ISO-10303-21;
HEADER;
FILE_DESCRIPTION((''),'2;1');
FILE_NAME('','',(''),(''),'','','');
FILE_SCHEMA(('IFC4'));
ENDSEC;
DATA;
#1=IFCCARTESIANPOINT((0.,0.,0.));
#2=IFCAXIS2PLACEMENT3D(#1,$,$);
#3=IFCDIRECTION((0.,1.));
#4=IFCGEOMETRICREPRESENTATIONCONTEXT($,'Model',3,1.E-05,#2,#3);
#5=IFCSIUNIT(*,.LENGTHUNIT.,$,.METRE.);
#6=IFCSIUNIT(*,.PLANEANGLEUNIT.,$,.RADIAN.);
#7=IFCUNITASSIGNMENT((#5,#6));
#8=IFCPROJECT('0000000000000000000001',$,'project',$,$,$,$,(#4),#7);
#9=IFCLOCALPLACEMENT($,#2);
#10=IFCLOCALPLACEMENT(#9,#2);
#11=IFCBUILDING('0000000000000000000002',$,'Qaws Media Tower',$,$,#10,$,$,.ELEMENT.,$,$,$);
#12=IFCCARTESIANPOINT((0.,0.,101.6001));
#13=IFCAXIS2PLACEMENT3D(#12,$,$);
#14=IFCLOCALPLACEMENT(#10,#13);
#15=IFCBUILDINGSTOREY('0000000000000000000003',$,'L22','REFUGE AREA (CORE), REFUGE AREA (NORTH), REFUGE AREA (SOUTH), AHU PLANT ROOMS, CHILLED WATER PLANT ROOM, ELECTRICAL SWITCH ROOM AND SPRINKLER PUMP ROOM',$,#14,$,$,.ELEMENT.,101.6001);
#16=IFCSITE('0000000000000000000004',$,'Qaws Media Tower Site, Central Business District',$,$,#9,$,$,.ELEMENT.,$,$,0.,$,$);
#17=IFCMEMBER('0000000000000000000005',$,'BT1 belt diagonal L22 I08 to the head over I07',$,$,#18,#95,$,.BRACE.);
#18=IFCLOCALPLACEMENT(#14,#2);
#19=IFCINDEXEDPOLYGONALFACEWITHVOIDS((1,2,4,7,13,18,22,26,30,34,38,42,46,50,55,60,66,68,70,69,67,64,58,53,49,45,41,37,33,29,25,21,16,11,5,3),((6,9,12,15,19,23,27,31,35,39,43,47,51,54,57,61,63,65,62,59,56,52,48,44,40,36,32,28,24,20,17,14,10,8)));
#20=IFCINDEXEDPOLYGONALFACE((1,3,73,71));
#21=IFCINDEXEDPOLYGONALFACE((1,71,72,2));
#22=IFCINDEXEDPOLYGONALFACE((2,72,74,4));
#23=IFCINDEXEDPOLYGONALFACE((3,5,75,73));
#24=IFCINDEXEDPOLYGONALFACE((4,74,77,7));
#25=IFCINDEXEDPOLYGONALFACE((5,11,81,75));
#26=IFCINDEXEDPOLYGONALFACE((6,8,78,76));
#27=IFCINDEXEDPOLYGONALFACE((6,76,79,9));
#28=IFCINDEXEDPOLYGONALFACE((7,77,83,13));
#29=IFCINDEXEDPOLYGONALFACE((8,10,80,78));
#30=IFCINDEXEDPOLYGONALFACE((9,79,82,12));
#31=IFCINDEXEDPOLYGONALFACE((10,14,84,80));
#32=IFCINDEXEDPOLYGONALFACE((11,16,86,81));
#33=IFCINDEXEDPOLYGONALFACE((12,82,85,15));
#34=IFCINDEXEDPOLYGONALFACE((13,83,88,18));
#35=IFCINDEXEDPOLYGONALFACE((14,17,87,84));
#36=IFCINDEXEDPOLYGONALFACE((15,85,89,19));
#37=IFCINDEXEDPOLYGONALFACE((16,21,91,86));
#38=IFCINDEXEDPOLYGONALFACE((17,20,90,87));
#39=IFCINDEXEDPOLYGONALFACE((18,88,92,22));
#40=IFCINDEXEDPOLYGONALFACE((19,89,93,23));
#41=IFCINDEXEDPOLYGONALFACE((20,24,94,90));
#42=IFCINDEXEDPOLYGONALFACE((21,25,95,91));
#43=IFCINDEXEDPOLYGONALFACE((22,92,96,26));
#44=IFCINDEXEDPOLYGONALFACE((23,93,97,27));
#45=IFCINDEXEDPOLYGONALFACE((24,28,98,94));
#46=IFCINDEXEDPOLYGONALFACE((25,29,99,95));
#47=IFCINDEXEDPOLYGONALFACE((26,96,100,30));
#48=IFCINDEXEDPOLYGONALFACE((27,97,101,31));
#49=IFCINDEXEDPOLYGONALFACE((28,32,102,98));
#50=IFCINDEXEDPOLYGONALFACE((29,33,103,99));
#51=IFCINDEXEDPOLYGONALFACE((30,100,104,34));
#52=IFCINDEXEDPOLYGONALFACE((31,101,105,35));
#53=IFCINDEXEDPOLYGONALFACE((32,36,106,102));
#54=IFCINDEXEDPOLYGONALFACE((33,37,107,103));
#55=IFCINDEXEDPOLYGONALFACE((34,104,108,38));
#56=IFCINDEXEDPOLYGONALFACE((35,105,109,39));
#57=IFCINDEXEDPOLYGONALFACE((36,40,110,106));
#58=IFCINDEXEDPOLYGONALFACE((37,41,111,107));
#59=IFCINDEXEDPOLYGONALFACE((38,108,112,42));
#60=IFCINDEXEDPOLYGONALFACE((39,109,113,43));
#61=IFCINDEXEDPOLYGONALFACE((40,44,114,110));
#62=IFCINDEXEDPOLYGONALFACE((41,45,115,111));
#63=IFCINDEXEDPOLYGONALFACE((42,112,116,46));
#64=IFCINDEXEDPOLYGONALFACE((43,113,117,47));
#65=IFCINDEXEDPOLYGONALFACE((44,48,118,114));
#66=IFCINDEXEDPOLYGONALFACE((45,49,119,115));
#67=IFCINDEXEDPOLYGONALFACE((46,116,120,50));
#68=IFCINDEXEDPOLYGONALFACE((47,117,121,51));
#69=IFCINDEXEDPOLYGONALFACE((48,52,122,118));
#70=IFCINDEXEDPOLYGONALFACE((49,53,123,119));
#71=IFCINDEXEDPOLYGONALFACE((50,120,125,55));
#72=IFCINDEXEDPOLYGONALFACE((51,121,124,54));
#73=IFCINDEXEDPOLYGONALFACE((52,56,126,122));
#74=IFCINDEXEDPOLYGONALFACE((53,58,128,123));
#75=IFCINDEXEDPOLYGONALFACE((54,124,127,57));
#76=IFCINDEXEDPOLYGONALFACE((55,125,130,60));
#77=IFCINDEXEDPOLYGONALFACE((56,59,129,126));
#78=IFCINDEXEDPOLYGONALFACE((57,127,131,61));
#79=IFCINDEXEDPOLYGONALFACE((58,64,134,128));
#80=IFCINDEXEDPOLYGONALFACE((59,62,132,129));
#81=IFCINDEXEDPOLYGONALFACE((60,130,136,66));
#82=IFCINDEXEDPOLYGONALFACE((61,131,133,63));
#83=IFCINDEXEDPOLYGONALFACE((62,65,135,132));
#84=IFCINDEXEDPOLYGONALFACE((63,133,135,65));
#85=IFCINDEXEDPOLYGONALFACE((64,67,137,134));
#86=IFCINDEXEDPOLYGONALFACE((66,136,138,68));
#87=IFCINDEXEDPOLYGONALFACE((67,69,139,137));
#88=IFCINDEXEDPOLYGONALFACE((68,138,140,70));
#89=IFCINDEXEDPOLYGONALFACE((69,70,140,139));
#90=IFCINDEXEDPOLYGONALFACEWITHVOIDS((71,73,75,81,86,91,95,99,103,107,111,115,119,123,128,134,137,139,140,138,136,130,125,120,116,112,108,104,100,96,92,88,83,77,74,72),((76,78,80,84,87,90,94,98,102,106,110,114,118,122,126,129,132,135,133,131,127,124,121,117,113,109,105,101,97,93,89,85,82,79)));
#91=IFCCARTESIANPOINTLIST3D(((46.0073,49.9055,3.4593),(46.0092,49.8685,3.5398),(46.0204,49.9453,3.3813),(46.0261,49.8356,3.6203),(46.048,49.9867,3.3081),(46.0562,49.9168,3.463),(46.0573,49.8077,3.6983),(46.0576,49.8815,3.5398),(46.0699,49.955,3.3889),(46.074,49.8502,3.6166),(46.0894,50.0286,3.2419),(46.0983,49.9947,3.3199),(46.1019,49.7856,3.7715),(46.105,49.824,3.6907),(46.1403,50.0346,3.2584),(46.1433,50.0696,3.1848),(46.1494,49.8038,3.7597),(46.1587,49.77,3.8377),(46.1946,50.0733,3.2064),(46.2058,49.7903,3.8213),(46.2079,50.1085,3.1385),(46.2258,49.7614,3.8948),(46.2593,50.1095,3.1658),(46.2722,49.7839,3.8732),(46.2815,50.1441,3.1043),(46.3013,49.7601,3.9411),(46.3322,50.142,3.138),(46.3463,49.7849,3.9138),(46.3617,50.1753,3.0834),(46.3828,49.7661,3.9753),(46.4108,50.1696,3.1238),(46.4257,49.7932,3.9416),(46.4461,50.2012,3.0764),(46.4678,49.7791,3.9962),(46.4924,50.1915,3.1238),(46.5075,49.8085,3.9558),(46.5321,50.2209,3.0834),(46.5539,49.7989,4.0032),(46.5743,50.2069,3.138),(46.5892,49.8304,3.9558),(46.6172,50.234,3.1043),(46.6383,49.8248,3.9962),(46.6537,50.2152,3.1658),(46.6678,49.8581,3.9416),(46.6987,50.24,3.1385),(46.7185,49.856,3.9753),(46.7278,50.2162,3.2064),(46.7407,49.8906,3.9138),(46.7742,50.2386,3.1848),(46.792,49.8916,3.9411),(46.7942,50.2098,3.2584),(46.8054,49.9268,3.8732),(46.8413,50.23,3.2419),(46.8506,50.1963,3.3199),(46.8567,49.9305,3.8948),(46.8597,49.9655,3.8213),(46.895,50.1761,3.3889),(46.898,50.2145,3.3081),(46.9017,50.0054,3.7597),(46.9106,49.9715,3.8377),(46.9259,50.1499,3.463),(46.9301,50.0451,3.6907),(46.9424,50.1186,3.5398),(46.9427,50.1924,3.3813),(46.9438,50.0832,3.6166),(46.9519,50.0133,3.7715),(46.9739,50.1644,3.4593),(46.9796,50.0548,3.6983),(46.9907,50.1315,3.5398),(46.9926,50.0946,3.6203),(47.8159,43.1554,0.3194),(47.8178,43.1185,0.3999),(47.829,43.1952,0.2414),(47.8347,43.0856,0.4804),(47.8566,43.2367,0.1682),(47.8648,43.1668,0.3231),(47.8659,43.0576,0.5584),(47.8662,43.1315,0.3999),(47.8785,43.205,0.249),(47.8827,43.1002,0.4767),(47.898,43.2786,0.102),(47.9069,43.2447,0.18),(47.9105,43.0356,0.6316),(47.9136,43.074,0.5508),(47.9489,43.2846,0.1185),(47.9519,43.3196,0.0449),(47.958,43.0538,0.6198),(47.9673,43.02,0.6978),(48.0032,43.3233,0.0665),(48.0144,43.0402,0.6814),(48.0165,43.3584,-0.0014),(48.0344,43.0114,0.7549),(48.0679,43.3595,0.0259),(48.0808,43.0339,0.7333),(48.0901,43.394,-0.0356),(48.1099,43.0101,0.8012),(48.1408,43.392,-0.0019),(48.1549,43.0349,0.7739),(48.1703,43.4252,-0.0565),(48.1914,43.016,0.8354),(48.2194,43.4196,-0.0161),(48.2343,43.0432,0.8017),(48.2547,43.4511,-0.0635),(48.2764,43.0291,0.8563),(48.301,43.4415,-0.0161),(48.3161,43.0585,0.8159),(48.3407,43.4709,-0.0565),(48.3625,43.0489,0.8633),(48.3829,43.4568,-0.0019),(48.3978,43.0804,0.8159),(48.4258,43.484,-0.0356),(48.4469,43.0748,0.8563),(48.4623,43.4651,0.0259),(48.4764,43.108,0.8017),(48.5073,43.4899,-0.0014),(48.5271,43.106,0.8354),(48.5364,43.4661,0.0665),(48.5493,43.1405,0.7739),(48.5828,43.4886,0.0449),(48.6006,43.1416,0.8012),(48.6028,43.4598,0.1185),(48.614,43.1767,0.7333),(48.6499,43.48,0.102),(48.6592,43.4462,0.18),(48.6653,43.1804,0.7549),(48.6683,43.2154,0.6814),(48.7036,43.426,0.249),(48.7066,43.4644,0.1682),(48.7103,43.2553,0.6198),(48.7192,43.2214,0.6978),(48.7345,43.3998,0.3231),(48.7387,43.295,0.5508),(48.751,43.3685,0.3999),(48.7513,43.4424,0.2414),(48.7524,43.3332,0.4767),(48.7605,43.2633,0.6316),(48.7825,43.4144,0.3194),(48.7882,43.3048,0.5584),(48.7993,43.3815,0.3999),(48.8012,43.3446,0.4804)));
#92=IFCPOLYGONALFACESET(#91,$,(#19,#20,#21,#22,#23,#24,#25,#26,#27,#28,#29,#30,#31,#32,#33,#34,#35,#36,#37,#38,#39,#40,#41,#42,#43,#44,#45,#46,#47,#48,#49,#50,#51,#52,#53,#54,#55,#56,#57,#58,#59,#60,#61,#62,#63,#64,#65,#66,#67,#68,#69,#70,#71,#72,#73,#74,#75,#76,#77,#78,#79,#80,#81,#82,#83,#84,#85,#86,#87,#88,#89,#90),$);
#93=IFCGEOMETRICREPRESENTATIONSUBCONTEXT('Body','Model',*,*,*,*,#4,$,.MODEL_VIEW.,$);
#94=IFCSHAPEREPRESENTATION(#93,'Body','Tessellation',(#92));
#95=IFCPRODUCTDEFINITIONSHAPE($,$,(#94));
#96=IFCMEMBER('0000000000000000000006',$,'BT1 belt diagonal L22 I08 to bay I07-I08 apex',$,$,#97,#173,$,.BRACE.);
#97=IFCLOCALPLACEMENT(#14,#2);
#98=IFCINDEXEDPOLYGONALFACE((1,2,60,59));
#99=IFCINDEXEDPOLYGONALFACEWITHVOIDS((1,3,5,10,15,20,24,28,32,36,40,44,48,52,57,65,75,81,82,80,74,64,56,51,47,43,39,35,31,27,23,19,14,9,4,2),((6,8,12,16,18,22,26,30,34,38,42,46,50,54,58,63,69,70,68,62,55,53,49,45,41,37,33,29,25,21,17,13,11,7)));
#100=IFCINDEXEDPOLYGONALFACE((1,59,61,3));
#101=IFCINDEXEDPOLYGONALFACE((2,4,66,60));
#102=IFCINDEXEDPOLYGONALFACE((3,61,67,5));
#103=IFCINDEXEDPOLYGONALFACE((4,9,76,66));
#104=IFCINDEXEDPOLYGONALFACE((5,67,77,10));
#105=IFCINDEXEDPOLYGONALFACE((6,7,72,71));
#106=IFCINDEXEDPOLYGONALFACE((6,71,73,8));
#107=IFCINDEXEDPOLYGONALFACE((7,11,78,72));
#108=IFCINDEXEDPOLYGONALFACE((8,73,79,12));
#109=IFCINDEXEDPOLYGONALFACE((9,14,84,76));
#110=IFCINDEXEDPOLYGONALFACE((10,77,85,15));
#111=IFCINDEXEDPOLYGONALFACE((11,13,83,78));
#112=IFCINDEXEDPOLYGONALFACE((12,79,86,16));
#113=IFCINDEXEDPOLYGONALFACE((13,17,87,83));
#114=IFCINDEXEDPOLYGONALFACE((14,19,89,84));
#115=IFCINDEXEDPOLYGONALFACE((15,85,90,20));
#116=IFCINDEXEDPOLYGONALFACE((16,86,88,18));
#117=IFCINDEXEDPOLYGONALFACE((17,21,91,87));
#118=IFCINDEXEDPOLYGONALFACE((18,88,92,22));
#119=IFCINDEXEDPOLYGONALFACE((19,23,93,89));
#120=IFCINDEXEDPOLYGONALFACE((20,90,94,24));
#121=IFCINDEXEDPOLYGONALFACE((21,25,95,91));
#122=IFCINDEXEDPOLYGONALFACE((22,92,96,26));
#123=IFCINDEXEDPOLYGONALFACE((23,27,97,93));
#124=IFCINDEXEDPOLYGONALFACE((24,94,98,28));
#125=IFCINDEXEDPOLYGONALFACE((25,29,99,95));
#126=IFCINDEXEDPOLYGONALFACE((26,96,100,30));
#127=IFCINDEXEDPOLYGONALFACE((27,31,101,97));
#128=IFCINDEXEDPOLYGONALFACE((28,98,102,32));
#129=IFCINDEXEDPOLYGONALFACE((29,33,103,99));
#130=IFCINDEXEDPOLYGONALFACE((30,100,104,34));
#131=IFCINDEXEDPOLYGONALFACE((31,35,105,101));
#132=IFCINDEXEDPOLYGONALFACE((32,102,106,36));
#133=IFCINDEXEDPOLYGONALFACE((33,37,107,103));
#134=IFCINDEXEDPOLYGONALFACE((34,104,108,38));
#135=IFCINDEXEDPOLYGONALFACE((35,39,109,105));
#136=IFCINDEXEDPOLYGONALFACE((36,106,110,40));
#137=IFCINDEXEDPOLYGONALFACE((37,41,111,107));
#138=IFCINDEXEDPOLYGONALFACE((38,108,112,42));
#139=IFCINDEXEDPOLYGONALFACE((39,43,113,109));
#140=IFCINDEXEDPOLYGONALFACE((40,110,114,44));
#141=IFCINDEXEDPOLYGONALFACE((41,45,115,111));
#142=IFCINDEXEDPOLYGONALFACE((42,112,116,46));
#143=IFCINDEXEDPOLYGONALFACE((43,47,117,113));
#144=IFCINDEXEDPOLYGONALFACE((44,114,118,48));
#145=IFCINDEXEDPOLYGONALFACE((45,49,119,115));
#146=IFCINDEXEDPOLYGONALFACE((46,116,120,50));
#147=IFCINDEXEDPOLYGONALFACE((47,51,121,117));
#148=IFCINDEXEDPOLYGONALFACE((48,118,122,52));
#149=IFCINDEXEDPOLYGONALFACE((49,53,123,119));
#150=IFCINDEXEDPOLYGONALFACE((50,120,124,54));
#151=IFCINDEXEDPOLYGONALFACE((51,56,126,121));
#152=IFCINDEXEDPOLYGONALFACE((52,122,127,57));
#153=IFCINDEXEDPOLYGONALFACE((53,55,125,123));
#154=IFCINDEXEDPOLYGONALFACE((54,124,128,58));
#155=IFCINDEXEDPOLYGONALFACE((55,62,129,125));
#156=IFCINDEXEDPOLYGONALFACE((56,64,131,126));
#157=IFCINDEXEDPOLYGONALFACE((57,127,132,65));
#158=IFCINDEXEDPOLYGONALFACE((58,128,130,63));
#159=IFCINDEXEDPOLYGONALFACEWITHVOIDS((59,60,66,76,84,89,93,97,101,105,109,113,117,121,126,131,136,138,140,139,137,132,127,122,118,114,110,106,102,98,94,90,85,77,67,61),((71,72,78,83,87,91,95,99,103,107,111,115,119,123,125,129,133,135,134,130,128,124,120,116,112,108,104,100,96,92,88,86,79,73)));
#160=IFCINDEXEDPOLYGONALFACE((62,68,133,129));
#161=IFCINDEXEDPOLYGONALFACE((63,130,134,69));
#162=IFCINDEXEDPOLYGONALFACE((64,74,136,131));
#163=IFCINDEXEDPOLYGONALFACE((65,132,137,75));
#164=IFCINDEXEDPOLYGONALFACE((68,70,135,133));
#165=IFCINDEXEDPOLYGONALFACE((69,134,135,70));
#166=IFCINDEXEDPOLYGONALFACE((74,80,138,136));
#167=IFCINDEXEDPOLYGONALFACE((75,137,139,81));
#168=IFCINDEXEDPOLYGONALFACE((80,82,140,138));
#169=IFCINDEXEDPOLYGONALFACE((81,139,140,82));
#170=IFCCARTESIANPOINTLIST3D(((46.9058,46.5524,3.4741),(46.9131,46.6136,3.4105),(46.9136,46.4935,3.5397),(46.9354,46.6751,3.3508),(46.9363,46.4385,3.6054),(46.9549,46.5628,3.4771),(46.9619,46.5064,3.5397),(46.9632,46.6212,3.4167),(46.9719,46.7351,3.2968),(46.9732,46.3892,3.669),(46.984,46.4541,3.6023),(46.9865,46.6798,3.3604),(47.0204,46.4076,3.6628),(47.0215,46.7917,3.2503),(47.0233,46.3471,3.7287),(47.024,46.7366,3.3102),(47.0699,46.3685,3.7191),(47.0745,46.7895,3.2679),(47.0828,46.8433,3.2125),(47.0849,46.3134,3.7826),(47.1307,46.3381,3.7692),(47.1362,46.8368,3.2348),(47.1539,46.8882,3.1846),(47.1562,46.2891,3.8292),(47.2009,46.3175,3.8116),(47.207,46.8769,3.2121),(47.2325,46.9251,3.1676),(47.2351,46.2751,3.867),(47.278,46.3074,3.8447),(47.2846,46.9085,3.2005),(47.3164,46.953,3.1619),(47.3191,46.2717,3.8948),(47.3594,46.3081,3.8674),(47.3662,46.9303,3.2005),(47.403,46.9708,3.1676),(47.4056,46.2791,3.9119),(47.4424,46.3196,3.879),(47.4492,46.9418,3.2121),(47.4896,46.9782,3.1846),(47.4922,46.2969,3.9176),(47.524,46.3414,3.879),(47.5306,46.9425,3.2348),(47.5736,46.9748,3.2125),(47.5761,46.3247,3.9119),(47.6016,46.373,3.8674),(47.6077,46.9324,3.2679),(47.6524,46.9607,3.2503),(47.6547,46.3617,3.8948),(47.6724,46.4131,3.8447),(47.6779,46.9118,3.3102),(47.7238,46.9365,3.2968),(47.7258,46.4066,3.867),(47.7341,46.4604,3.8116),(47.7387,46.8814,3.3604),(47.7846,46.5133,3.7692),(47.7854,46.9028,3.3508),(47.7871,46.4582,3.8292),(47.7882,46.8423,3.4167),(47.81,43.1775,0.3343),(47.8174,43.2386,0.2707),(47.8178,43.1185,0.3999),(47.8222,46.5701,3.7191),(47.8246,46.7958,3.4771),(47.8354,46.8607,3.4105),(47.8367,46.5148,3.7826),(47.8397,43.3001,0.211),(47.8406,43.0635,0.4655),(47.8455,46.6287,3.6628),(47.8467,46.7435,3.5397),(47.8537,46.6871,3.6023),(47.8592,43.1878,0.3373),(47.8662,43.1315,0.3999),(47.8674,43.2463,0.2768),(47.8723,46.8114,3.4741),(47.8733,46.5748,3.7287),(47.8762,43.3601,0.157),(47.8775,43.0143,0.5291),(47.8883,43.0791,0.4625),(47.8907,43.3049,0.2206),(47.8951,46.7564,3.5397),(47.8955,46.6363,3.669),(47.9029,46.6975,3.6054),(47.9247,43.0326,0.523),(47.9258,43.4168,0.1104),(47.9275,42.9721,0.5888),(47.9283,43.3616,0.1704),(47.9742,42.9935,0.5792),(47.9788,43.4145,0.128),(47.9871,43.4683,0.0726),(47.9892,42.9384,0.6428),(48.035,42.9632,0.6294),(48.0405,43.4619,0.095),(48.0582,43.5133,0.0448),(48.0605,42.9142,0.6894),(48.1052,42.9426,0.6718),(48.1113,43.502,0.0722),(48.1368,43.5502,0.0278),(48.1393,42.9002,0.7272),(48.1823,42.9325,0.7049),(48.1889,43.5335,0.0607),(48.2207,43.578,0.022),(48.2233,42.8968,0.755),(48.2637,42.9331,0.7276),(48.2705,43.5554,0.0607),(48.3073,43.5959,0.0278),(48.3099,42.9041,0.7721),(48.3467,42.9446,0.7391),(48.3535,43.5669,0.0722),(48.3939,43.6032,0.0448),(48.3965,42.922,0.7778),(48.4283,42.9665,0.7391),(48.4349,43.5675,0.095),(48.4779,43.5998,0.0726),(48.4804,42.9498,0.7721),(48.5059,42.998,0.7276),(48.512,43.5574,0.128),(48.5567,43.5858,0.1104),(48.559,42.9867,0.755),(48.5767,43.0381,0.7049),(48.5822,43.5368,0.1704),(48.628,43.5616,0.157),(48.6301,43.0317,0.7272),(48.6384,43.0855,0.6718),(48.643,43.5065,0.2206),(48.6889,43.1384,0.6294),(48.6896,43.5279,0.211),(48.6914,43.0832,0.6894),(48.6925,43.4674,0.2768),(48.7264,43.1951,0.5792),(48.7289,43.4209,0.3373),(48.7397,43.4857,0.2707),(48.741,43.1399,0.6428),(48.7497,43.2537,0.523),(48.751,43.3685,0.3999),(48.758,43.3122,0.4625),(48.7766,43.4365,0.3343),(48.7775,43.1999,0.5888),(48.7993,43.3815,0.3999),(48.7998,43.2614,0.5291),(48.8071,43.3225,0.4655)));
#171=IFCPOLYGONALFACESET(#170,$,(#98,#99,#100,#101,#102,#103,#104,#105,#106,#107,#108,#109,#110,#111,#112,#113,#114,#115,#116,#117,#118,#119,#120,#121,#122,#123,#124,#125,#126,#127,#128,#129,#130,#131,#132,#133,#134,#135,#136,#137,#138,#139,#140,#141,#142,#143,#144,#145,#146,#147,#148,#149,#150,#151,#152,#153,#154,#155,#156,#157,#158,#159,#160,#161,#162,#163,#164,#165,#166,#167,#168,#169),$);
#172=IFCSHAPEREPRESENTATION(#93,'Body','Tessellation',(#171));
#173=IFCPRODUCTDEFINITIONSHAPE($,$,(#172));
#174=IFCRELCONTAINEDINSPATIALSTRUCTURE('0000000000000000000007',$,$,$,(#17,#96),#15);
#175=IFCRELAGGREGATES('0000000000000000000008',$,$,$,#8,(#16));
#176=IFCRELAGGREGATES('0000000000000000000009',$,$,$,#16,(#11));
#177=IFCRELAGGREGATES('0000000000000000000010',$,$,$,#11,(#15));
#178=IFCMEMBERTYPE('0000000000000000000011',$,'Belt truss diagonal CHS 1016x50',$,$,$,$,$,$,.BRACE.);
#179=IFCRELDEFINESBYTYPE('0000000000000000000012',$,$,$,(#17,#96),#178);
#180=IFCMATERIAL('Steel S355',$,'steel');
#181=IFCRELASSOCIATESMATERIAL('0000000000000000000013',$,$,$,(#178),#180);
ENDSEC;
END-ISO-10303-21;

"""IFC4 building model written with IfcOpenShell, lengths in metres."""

from ifc_helpers import new_model, si_unit, direction, frame, origin, origin_2d, place, context, subcontext, project, spatial, hollow_circle, extrude, material, material_profile, profile_set, type_object, element, save


model = new_model("IFC4")

# Units and contexts
model_context = context("Model", 3, precision=1e-05, world=origin(), true_north=direction((0.0, 1.0)))
body_context = subcontext(model_context, "Body", "Model", "MODEL_VIEW")
ifc_project = project(units=[si_unit("LENGTHUNIT", "METRE"), si_unit("PLANEANGLEUNIT", "RADIAN")], contexts=[model_context])

# Site, building, storey
site_placement = place(None, origin())
site = spatial("IfcSite", under=ifc_project, at=site_placement, Name="Qaws Media Tower Site, Central Business District", CompositionType="ELEMENT", RefElevation=0.0)
building_placement = place(site_placement, origin())
building = spatial("IfcBuilding", under=site, at=building_placement, Name="Qaws Media Tower", CompositionType="ELEMENT")
storey_placement = place(building_placement, frame((0.0, 0.0, 101.6001)))
storey = spatial("IfcBuildingStorey", under=building, at=storey_placement, Name="L22", Description="REFUGE AREA (CORE), REFUGE AREA (NORTH), REFUGE AREA (SOUTH), AHU PLANT ROOMS, CHILLED WATER PLANT ROOM, ELECTRICAL SWITCH ROOM AND SPRINKLER PUMP ROOM", CompositionType="ELEMENT", Elevation=101.6001)

# Members
ifc_material_1 = material(Name="Steel S355", Category="steel")
ifc_material_profile_1 = material_profile(ifc_material_1, hollow_circle(Radius=0.5081, WallThickness=0.05, at=origin_2d()), Name="CHS 1016x50")
ifc_profile_set_1 = profile_set([ifc_material_profile_1], Name="Steel S355")
member_type_1 = type_object("IfcMemberType", Name="Belt truss diagonal CHS 1016x50", PredefinedType="BRACE", material=ifc_profile_set_1)
member_1_placement = place(storey_placement, frame((48.3086, 43.25, 0.3999), z_axis=(-0.236075, 0.881075, 0.409849), x_axis=(-0.965928, -0.258811, 0.0)))
element("IfcMember", 1, at=member_1_placement, inside=storey, type_object=member_type_1, Name="BT1 belt diagonal L22 I08 to the head over I07", PredefinedType="BRACE", context=body_context, shape_type="SweptSolid", body=[
    extrude(hollow_circle(Radius=0.5081, WallThickness=0.05, at=origin_2d()), origin(), (0.0, 0.0, 1.0), 7.6611),
])
for number, where, z_axis, x_axis, name in (
    (2, (48.3086, 43.25, 0.3999), (-0.192503, 0.718454, 0.668406), (-0.965928, -0.258811, 0.0), "BT1 belt diagonal L22 I08 to bay I07-I08 apex"),
):
    element("IfcMember", number, at=place(storey_placement, frame(where, z_axis=z_axis, x_axis=x_axis)), inside=storey, type_object=member_type_1, Name=name, PredefinedType="BRACE", context=body_context, shape_type="SweptSolid", body=[
        extrude(hollow_circle(Radius=0.5081, WallThickness=0.05, at=origin_2d()), origin(), (0.0, 0.0, 1.0), 4.6975),
    ])

save(model, "model.ifc")
